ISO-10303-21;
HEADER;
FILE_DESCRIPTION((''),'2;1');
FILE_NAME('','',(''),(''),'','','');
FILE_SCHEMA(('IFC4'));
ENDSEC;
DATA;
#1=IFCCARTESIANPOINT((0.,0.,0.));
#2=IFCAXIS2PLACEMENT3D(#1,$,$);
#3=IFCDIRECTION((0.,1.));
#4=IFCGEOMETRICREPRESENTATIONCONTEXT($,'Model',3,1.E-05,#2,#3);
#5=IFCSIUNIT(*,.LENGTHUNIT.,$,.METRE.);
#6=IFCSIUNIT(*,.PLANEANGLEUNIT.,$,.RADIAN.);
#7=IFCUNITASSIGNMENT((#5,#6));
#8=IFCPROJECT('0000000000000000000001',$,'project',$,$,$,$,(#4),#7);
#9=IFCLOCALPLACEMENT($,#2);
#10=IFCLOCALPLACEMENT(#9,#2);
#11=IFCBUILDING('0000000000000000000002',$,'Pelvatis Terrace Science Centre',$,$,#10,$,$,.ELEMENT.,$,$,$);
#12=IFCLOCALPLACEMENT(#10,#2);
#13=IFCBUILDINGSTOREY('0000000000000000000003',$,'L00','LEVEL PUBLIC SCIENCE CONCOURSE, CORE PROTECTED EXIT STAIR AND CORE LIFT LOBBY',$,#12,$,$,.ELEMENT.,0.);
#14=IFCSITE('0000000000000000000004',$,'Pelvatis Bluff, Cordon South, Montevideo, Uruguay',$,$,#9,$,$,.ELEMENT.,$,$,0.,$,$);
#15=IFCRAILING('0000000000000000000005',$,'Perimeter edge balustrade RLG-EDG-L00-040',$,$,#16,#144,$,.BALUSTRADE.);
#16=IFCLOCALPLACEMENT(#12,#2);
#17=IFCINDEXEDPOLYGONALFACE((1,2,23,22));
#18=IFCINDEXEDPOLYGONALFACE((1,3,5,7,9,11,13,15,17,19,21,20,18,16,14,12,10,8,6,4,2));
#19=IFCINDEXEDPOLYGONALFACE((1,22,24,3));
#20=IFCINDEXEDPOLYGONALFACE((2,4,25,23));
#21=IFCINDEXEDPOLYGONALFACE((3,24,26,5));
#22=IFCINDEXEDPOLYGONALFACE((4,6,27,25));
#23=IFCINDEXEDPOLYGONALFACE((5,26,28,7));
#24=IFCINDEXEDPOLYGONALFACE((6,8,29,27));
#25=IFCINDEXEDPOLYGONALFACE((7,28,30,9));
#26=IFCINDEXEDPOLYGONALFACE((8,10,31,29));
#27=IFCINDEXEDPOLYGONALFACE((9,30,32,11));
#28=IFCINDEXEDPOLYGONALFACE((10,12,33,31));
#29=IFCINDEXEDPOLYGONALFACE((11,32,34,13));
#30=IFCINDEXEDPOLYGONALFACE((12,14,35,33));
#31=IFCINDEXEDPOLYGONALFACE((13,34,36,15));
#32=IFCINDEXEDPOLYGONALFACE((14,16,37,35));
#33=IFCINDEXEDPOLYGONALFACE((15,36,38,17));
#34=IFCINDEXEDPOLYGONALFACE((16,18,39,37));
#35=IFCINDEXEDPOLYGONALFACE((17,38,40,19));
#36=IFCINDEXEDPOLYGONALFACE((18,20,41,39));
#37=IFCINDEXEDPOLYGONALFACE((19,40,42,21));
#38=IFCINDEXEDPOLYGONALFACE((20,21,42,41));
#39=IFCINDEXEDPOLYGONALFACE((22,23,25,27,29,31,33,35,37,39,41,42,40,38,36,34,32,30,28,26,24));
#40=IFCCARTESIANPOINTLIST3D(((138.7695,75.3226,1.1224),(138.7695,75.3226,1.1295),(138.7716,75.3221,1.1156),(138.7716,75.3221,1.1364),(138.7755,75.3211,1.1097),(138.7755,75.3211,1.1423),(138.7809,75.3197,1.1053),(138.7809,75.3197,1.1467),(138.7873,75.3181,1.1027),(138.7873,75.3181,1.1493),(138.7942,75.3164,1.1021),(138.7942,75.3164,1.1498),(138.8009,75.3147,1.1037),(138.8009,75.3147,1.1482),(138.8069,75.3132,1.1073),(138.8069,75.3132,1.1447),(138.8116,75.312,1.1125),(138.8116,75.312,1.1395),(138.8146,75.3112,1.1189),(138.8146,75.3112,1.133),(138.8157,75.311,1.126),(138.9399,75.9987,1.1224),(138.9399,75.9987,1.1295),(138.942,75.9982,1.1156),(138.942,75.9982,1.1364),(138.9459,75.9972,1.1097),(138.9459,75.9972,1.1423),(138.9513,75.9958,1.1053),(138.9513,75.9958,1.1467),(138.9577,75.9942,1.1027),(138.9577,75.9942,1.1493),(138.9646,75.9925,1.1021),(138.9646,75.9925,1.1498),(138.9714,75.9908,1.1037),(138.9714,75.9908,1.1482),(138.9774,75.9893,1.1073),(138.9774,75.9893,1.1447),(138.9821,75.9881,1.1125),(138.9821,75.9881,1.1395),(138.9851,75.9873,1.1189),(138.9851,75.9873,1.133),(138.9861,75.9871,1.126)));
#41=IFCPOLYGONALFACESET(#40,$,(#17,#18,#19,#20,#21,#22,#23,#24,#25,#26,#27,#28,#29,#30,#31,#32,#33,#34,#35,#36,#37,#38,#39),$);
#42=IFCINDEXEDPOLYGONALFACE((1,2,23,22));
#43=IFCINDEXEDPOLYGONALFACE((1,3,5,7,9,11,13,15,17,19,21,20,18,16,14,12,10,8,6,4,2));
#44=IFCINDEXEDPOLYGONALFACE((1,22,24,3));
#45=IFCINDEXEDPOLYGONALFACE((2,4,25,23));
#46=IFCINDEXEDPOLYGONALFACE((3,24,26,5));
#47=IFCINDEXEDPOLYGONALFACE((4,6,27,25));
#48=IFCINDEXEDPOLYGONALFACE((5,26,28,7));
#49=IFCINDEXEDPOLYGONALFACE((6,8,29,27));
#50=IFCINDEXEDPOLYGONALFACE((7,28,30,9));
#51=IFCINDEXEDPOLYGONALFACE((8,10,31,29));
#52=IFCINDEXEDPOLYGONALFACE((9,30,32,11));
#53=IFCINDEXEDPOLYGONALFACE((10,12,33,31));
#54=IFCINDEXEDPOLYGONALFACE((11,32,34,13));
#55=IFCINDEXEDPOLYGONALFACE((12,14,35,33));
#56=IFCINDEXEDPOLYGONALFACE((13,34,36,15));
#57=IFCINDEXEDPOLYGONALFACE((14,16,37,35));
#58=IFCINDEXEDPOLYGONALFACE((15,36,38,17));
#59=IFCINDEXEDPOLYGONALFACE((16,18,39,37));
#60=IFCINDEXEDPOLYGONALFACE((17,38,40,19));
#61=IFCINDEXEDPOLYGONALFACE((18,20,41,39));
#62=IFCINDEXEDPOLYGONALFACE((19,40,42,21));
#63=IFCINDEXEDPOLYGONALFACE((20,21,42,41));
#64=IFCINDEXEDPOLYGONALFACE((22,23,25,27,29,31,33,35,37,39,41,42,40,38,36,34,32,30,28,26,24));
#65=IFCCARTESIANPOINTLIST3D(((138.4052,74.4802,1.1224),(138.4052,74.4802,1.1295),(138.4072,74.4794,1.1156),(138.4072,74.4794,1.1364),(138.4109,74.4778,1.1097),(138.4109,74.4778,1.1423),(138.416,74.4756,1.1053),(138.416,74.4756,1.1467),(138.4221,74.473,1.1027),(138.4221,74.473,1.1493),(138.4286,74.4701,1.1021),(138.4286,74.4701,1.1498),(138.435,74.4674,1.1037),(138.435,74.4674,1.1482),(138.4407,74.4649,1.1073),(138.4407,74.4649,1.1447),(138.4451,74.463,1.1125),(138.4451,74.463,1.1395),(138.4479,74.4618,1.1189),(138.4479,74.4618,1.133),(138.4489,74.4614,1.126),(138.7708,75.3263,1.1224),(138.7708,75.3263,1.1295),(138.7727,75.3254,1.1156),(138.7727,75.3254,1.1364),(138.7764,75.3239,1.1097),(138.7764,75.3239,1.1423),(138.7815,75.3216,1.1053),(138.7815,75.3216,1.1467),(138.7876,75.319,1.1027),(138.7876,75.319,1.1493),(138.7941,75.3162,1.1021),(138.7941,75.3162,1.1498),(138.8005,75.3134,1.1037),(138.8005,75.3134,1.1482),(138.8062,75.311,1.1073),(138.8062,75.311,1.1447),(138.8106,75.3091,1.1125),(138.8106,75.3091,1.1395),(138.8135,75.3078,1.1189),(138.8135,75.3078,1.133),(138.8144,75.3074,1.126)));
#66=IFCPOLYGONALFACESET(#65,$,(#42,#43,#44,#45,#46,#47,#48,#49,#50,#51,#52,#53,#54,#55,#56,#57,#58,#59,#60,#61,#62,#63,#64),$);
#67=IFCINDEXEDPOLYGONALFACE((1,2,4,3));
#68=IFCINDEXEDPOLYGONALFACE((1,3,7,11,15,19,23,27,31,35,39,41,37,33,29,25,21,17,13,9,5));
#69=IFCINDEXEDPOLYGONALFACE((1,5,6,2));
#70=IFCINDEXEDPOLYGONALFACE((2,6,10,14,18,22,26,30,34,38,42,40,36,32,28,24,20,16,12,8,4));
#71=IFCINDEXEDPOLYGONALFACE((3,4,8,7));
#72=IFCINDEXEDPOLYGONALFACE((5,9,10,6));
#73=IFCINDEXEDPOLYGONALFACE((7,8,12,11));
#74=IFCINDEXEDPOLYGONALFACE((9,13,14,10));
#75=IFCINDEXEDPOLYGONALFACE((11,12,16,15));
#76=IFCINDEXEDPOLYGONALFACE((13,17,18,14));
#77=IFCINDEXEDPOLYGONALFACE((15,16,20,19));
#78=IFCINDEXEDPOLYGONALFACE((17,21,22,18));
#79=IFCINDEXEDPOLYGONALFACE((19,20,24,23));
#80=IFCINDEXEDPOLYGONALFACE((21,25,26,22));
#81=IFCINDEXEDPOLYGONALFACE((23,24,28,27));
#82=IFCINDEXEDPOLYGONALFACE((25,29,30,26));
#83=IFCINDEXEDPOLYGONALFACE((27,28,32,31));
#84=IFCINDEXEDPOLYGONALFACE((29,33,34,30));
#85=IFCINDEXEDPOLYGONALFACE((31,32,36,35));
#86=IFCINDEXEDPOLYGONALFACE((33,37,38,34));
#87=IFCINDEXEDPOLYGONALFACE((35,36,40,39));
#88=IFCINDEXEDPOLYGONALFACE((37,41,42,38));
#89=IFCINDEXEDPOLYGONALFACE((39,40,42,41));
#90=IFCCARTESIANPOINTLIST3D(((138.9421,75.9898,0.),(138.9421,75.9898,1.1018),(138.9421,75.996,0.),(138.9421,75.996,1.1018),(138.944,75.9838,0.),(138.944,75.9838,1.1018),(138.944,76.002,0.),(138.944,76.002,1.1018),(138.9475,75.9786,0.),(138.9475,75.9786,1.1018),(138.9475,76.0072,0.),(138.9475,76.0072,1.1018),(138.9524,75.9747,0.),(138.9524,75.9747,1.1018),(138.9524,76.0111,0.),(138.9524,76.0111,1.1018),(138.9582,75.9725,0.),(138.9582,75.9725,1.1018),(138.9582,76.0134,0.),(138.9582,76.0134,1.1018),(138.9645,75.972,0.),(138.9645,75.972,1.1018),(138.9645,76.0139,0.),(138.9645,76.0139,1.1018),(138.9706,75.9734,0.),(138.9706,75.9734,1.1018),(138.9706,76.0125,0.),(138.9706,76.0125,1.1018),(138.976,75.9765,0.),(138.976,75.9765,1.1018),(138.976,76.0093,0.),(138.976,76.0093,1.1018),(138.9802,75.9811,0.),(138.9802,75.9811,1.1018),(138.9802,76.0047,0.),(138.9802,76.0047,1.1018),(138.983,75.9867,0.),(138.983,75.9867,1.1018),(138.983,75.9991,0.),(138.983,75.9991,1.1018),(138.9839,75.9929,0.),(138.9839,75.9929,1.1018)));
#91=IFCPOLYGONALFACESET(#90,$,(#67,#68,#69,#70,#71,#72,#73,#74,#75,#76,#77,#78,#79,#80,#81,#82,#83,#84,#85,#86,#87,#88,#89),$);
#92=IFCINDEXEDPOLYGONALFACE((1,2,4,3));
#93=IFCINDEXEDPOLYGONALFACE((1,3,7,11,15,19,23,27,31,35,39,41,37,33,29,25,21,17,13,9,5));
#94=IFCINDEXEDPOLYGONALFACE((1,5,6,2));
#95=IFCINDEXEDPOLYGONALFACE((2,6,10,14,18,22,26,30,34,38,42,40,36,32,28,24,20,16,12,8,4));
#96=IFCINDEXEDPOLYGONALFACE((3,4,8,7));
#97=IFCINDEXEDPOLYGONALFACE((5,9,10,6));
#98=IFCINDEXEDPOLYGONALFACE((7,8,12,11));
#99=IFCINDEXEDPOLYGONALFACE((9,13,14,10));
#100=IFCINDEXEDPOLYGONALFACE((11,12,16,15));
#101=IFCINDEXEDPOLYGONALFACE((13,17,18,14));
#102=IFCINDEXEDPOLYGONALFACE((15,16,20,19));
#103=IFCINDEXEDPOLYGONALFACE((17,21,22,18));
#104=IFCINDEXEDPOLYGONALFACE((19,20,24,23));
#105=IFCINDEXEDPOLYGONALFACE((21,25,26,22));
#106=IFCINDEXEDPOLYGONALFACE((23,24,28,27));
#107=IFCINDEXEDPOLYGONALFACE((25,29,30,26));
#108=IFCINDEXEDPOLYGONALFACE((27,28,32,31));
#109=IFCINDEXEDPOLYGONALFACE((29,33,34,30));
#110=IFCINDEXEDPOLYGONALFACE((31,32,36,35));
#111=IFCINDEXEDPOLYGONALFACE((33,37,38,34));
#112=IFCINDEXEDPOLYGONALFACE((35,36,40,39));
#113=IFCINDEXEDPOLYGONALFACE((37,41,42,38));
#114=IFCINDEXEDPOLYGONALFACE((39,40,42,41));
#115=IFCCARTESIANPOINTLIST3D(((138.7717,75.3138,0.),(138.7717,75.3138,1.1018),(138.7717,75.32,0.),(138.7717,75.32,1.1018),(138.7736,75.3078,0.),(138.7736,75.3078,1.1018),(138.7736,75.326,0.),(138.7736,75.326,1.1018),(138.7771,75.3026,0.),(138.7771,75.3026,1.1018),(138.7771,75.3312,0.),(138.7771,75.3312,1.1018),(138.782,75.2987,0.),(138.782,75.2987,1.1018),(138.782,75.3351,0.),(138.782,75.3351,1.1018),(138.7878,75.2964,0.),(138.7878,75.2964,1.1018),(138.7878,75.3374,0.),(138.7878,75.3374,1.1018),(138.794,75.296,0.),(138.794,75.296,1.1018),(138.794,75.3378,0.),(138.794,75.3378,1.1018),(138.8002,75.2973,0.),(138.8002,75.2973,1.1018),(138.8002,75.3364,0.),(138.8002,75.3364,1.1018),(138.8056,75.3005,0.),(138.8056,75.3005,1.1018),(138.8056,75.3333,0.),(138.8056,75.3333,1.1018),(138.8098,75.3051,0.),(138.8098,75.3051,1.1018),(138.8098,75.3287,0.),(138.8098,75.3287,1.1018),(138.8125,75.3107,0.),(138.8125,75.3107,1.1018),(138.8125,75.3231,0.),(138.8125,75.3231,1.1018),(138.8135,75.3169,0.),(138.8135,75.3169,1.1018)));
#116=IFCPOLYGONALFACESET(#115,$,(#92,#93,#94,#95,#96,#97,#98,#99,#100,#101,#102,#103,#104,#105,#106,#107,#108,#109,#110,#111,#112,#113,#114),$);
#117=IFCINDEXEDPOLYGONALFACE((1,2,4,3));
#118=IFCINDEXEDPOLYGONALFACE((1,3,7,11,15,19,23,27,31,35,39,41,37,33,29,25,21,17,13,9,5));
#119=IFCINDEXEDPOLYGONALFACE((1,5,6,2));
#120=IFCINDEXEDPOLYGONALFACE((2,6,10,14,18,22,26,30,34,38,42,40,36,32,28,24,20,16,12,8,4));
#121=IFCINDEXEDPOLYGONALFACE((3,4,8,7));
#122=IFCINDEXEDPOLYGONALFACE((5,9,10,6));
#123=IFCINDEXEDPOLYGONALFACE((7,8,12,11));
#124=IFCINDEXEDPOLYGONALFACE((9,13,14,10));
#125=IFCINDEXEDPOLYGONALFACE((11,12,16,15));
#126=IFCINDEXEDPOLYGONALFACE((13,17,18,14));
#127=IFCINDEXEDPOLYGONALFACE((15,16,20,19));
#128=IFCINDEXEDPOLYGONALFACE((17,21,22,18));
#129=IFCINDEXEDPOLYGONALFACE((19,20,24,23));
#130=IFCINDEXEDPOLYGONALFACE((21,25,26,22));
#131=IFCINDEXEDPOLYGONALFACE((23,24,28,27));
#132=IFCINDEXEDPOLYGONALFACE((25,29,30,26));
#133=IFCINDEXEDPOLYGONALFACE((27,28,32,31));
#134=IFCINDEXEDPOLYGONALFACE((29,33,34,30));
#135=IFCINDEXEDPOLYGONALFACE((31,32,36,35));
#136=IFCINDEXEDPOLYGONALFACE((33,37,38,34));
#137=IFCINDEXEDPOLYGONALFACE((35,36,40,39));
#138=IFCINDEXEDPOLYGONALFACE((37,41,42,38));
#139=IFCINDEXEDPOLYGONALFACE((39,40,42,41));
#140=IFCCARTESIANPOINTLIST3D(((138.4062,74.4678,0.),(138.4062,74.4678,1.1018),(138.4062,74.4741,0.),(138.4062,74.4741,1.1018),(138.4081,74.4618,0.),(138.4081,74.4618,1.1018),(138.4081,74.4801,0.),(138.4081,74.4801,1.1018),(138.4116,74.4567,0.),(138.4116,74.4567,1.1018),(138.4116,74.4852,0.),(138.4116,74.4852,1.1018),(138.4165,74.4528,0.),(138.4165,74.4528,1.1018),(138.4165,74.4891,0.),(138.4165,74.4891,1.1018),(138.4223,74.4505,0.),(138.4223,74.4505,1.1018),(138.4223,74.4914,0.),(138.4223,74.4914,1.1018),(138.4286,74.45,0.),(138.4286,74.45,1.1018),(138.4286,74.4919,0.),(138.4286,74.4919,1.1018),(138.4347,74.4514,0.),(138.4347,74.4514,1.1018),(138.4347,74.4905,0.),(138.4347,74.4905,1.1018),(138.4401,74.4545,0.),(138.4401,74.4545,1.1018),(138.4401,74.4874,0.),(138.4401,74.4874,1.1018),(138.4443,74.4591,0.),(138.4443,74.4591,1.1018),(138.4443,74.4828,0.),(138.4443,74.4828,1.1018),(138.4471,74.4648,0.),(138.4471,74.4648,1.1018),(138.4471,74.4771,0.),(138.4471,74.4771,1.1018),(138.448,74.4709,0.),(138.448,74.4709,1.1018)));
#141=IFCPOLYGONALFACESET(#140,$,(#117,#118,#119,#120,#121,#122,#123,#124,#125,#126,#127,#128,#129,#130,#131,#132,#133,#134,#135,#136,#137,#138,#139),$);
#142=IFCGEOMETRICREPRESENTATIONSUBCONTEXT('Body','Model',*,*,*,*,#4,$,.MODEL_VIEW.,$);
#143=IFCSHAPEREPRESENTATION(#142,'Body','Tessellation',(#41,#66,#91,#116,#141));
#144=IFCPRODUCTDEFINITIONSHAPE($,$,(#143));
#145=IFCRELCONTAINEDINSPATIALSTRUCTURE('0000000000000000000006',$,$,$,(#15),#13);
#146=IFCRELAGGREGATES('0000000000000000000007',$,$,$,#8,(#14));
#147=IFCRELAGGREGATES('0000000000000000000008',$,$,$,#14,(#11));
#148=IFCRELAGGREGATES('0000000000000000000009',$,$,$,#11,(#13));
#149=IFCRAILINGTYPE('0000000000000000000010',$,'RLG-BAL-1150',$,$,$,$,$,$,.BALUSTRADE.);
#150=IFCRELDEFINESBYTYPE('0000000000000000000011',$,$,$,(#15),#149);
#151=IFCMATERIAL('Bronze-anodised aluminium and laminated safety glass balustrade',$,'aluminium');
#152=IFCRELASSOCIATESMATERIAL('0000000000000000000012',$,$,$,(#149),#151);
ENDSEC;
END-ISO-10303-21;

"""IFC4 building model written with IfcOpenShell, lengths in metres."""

from ifc_helpers import new_model, si_unit, direction, frame, origin, origin_2d, place, context, subcontext, project, spatial, circle, extrude, material, type_object, element, save


model = new_model("IFC4")

# Units and contexts
model_context = context("Model", 3, precision=1e-05, world=origin(), true_north=direction((0.0, 1.0)))
body_context = subcontext(model_context, "Body", "Model", "MODEL_VIEW")
ifc_project = project(units=[si_unit("LENGTHUNIT", "METRE"), si_unit("PLANEANGLEUNIT", "RADIAN")], contexts=[model_context])

# Site, building, storey
site_placement = place(None, origin())
site = spatial("IfcSite", under=ifc_project, at=site_placement, Name="Pelvatis Bluff, Cordon South, Montevideo, Uruguay", CompositionType="ELEMENT", RefElevation=0.0)
building_placement = place(site_placement, origin())
building = spatial("IfcBuilding", under=site, at=building_placement, Name="Pelvatis Terrace Science Centre", CompositionType="ELEMENT")
storey_placement = place(building_placement, origin())
storey = spatial("IfcBuildingStorey", under=building, at=storey_placement, Name="L00", Description="LEVEL PUBLIC SCIENCE CONCOURSE, CORE PROTECTED EXIT STAIR AND CORE LIFT LOBBY", CompositionType="ELEMENT", Elevation=0.0)

# Railing
ifc_material_1 = material(Name="Bronze-anodised aluminium and laminated safety glass balustrade", Category="aluminium")
railing_type = type_object("IfcRailingType", Name="RLG-BAL-1150", PredefinedType="BALUSTRADE", material=ifc_material_1)
railing_1_placement = place(storey_placement, frame((138.9629, 75.9929, 0.0)))
element("IfcRailing", 1, at=railing_1_placement, inside=storey, type_object=railing_type, Name="Perimeter edge balustrade RLG-EDG-L00-040", PredefinedType="BALUSTRADE", context=body_context, shape_type="SweptSolid", body=[
    extrude(circle(Radius=0.0239, at=origin_2d()), frame((0.0, 0.0, 1.126), z_axis=(-0.24443, -0.969667, 0.0), x_axis=(0.969667, -0.24443, 0.0)), (0.0, 0.0, 1.0), 0.6973),
    extrude(circle(Radius=0.0239, at=origin_2d()), frame((-0.1704, -0.676, 1.126), z_axis=(-0.396603, -0.91799, 0.0), x_axis=(0.91799, -0.396603, 0.0)), (0.0, 0.0, 1.0), 0.9216),
    extrude(circle(Radius=0.021, at=origin_2d()), origin(), (0.0, 0.0, 1.0), 1.1018),
    extrude(circle(Radius=0.021, at=origin_2d()), frame((-0.1704, -0.676, 0.0)), (0.0, 0.0, 1.0), 1.1018),
    extrude(circle(Radius=0.021, at=origin_2d()), frame((-0.5359, -1.522, 0.0)), (0.0, 0.0, 1.0), 1.1018),
])

save(model, "model.ifc")
